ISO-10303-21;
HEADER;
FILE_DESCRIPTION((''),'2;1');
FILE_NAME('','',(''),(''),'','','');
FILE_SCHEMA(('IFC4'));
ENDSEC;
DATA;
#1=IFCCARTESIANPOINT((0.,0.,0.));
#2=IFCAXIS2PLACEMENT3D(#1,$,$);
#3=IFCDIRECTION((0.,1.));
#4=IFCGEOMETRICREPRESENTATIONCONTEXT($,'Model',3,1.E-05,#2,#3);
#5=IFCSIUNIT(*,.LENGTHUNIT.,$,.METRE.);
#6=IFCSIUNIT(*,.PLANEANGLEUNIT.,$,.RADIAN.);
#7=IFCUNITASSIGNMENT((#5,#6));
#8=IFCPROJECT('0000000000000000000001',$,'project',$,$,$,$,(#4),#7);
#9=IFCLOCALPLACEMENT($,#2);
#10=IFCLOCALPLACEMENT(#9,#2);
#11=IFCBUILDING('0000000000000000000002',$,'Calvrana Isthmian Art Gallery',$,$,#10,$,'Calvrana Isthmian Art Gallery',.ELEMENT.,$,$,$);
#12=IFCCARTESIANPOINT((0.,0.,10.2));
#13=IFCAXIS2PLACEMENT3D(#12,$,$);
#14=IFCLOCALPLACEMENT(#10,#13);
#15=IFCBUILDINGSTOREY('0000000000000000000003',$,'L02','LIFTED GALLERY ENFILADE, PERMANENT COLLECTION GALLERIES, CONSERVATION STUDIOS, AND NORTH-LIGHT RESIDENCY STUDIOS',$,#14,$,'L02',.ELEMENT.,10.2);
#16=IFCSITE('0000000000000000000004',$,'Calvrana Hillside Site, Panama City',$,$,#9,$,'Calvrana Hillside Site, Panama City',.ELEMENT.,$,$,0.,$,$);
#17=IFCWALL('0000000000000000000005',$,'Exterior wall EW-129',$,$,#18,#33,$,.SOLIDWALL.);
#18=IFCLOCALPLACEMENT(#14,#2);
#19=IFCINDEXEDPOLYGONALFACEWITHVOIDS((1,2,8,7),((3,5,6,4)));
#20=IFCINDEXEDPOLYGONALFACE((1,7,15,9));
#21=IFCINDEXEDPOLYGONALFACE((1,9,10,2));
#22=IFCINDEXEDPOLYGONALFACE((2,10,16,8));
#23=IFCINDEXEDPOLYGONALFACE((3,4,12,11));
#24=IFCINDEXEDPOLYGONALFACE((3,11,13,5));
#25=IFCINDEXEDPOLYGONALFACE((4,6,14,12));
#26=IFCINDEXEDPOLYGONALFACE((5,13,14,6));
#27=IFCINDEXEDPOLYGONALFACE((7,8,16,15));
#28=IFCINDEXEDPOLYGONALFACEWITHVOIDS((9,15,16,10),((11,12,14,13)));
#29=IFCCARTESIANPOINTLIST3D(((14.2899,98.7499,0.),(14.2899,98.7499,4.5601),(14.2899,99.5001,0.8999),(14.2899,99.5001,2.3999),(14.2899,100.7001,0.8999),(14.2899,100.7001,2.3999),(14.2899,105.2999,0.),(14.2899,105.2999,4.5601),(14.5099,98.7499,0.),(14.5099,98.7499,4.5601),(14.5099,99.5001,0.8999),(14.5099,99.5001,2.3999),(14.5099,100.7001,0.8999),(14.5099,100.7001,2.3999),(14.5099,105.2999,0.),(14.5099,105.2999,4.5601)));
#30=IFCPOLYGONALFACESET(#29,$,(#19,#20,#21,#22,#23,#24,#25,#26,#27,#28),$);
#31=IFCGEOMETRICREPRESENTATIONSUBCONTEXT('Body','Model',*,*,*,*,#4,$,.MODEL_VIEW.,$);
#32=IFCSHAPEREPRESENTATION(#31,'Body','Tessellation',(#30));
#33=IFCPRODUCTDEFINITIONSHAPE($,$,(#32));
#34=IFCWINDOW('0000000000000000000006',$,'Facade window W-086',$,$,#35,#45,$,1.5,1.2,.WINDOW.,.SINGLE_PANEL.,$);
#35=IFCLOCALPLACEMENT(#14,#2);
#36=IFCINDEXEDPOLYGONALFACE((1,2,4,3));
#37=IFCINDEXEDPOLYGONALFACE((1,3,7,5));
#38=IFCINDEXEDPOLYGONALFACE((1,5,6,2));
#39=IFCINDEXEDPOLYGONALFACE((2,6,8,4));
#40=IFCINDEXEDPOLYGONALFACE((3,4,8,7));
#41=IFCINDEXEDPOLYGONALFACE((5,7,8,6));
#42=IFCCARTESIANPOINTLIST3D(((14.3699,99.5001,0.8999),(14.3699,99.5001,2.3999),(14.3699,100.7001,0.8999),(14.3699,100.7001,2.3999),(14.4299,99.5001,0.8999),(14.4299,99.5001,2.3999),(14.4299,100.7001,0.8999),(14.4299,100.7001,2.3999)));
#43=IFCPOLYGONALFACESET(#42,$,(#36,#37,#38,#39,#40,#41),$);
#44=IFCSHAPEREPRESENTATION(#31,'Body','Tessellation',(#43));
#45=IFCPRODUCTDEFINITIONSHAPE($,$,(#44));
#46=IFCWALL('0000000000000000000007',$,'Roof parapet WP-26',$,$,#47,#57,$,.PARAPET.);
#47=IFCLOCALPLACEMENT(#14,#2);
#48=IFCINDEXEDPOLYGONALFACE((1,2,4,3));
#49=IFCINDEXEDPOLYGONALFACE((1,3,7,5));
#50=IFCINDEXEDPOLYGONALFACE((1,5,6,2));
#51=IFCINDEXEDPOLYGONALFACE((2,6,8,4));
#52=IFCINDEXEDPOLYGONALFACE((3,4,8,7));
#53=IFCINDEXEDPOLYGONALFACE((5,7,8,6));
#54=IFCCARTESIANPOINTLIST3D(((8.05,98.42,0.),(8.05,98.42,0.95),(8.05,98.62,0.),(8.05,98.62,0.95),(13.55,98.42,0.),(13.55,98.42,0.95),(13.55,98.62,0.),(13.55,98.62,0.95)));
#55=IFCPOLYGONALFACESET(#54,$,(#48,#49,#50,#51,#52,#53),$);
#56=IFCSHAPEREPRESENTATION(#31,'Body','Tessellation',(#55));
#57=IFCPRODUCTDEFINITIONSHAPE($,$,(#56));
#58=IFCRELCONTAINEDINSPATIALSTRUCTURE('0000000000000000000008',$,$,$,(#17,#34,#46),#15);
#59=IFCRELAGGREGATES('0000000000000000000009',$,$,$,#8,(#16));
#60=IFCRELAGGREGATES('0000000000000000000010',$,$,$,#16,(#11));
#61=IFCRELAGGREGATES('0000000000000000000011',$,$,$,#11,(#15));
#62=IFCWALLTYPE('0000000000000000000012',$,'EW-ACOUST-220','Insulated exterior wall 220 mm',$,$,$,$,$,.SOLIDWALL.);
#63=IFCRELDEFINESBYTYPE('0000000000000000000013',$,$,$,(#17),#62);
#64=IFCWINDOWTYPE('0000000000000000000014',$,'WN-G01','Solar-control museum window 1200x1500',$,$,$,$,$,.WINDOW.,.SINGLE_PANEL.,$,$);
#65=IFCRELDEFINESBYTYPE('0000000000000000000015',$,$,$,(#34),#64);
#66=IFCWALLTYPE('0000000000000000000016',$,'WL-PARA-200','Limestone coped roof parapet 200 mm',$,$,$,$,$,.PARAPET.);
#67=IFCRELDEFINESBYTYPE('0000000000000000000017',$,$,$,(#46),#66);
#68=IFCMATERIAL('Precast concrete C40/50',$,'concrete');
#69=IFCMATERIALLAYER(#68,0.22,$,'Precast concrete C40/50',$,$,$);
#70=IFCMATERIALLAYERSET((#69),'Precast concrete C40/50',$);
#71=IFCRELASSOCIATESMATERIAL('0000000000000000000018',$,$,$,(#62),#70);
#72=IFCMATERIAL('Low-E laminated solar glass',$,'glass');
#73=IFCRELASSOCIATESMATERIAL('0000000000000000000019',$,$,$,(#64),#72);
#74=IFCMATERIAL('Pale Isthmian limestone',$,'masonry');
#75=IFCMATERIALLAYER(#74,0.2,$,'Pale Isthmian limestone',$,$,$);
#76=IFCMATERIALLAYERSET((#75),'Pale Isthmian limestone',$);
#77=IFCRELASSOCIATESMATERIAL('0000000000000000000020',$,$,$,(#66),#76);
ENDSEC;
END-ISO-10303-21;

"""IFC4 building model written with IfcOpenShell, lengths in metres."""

from ifc_helpers import new_model, si_unit, direction, frame, frame_2d, origin, place, context, subcontext, project, spatial, rectangle, extrude, material, layer, layer_set, type_object, element, fill, save


model = new_model("IFC4")

# Units and contexts
model_context = context("Model", 3, precision=1e-05, world=origin(), true_north=direction((0.0, 1.0)))
body_context = subcontext(model_context, "Body", "Model", "MODEL_VIEW")
ifc_project = project(units=[si_unit("LENGTHUNIT", "METRE"), si_unit("PLANEANGLEUNIT", "RADIAN")], contexts=[model_context])

# Site, building, storey
site_placement = place(None, origin())
site = spatial("IfcSite", under=ifc_project, at=site_placement, Name="Calvrana Hillside Site, Panama City", LongName="Calvrana Hillside Site, Panama City", CompositionType="ELEMENT", RefElevation=0.0)
building_placement = place(site_placement, origin())
building = spatial("IfcBuilding", under=site, at=building_placement, Name="Calvrana Isthmian Art Gallery", LongName="Calvrana Isthmian Art Gallery", CompositionType="ELEMENT")
storey_placement = place(building_placement, frame((0.0, 0.0, 10.2)))
storey = spatial("IfcBuildingStorey", under=building, at=storey_placement, Name="L02", Description="LIFTED GALLERY ENFILADE, PERMANENT COLLECTION GALLERIES, CONSERVATION STUDIOS, AND NORTH-LIGHT RESIDENCY STUDIOS", LongName="L02", CompositionType="ELEMENT", Elevation=10.2)

# Wall, opening, window
ifc_material_1 = material(Name="Precast concrete C40/50", Category="concrete")
ifc_layer_1 = layer(ifc_material_1, 0.22, Name="Precast concrete C40/50")
ifc_layer_set_1 = layer_set([ifc_layer_1], Name="Precast concrete C40/50")
wall_type_1 = type_object("IfcWallType", Name="EW-ACOUST-220", Description="Insulated exterior wall 220 mm", PredefinedType="SOLIDWALL", material=ifc_layer_set_1)
wall_1_placement = place(storey_placement, frame((14.3999, 98.75, 0.0), z_axis=(0.0, 0.0, 1.0), x_axis=(0.0, 1.0, 0.0)))
wall_1 = element("IfcWall", 1, at=wall_1_placement, inside=storey, type_object=wall_type_1, Name="Exterior wall EW-129", PredefinedType="SOLIDWALL", context=body_context, shape_type="SweptSolid", body=[
    extrude(rectangle(XDim=6.55, YDim=0.22, at=frame_2d((3.2749, 0.0))), origin(), (0.0, 0.0, 1.0), 4.5601),
])
opening_placement = place(wall_1_placement, frame((0.75, 0.0, 0.8999)))
opening = element("IfcOpeningElement", 2, at=opening_placement, cuts=wall_1, PredefinedType="OPENING", context=body_context, shape_type="SweptSolid", body=[
    extrude(rectangle(XDim=1.2, YDim=1.5, at=frame_2d((0.6001, 0.75))), frame((0.0, 0.1201, 0.0), z_axis=(0.0, -1.0, 0.0), x_axis=(1.0, 0.0, 0.0)), (0.0, 0.0, 1.0), 0.2405),
])
ifc_material_2 = material(Name="Low-E laminated solar glass", Category="glass")
window_type = type_object("IfcWindowType", Name="WN-G01", Description="Solar-control museum window 1200x1500", PartitioningType="SINGLE_PANEL", PredefinedType="WINDOW", material=ifc_material_2)
window_placement = place(opening_placement, origin())
window = element("IfcWindow", 3, at=window_placement, inside=storey, type_object=window_type, Name="Facade window W-086", OverallHeight=1.5, OverallWidth=1.2, PartitioningType="SINGLE_PANEL", PredefinedType="WINDOW", context=body_context, shape_type="SweptSolid", body=[
    extrude(rectangle(XDim=1.2, YDim=1.5, at=frame_2d((0.6001, 0.75))), frame((0.0, 0.03, 0.0), z_axis=(0.0, -1.0, 0.0), x_axis=(1.0, 0.0, 0.0)), (0.0, 0.0, 1.0), 0.0601),
])
fill(opening, window)

# Wall
ifc_material_3 = material(Name="Pale Isthmian limestone", Category="masonry")
ifc_layer_2 = layer(ifc_material_3, 0.2, Name="Pale Isthmian limestone")
ifc_layer_set_2 = layer_set([ifc_layer_2], Name="Pale Isthmian limestone")
wall_type_2 = type_object("IfcWallType", Name="WL-PARA-200", Description="Limestone coped roof parapet 200 mm", PredefinedType="PARAPET", material=ifc_layer_set_2)
wall_2_placement = place(storey_placement, frame((8.05, 98.52, 0.0), z_axis=(0.0, 0.0, 1.0), x_axis=(1.0, 0.0, 0.0)))
element("IfcWall", 4, at=wall_2_placement, inside=storey, type_object=wall_type_2, Name="Roof parapet WP-26", PredefinedType="PARAPET", context=body_context, shape_type="SweptSolid", body=[
    extrude(rectangle(XDim=5.5, YDim=0.2, at=frame_2d((2.75, 0.0))), origin(), (0.0, 0.0, 1.0), 0.95),
])

save(model, "model.ifc")
